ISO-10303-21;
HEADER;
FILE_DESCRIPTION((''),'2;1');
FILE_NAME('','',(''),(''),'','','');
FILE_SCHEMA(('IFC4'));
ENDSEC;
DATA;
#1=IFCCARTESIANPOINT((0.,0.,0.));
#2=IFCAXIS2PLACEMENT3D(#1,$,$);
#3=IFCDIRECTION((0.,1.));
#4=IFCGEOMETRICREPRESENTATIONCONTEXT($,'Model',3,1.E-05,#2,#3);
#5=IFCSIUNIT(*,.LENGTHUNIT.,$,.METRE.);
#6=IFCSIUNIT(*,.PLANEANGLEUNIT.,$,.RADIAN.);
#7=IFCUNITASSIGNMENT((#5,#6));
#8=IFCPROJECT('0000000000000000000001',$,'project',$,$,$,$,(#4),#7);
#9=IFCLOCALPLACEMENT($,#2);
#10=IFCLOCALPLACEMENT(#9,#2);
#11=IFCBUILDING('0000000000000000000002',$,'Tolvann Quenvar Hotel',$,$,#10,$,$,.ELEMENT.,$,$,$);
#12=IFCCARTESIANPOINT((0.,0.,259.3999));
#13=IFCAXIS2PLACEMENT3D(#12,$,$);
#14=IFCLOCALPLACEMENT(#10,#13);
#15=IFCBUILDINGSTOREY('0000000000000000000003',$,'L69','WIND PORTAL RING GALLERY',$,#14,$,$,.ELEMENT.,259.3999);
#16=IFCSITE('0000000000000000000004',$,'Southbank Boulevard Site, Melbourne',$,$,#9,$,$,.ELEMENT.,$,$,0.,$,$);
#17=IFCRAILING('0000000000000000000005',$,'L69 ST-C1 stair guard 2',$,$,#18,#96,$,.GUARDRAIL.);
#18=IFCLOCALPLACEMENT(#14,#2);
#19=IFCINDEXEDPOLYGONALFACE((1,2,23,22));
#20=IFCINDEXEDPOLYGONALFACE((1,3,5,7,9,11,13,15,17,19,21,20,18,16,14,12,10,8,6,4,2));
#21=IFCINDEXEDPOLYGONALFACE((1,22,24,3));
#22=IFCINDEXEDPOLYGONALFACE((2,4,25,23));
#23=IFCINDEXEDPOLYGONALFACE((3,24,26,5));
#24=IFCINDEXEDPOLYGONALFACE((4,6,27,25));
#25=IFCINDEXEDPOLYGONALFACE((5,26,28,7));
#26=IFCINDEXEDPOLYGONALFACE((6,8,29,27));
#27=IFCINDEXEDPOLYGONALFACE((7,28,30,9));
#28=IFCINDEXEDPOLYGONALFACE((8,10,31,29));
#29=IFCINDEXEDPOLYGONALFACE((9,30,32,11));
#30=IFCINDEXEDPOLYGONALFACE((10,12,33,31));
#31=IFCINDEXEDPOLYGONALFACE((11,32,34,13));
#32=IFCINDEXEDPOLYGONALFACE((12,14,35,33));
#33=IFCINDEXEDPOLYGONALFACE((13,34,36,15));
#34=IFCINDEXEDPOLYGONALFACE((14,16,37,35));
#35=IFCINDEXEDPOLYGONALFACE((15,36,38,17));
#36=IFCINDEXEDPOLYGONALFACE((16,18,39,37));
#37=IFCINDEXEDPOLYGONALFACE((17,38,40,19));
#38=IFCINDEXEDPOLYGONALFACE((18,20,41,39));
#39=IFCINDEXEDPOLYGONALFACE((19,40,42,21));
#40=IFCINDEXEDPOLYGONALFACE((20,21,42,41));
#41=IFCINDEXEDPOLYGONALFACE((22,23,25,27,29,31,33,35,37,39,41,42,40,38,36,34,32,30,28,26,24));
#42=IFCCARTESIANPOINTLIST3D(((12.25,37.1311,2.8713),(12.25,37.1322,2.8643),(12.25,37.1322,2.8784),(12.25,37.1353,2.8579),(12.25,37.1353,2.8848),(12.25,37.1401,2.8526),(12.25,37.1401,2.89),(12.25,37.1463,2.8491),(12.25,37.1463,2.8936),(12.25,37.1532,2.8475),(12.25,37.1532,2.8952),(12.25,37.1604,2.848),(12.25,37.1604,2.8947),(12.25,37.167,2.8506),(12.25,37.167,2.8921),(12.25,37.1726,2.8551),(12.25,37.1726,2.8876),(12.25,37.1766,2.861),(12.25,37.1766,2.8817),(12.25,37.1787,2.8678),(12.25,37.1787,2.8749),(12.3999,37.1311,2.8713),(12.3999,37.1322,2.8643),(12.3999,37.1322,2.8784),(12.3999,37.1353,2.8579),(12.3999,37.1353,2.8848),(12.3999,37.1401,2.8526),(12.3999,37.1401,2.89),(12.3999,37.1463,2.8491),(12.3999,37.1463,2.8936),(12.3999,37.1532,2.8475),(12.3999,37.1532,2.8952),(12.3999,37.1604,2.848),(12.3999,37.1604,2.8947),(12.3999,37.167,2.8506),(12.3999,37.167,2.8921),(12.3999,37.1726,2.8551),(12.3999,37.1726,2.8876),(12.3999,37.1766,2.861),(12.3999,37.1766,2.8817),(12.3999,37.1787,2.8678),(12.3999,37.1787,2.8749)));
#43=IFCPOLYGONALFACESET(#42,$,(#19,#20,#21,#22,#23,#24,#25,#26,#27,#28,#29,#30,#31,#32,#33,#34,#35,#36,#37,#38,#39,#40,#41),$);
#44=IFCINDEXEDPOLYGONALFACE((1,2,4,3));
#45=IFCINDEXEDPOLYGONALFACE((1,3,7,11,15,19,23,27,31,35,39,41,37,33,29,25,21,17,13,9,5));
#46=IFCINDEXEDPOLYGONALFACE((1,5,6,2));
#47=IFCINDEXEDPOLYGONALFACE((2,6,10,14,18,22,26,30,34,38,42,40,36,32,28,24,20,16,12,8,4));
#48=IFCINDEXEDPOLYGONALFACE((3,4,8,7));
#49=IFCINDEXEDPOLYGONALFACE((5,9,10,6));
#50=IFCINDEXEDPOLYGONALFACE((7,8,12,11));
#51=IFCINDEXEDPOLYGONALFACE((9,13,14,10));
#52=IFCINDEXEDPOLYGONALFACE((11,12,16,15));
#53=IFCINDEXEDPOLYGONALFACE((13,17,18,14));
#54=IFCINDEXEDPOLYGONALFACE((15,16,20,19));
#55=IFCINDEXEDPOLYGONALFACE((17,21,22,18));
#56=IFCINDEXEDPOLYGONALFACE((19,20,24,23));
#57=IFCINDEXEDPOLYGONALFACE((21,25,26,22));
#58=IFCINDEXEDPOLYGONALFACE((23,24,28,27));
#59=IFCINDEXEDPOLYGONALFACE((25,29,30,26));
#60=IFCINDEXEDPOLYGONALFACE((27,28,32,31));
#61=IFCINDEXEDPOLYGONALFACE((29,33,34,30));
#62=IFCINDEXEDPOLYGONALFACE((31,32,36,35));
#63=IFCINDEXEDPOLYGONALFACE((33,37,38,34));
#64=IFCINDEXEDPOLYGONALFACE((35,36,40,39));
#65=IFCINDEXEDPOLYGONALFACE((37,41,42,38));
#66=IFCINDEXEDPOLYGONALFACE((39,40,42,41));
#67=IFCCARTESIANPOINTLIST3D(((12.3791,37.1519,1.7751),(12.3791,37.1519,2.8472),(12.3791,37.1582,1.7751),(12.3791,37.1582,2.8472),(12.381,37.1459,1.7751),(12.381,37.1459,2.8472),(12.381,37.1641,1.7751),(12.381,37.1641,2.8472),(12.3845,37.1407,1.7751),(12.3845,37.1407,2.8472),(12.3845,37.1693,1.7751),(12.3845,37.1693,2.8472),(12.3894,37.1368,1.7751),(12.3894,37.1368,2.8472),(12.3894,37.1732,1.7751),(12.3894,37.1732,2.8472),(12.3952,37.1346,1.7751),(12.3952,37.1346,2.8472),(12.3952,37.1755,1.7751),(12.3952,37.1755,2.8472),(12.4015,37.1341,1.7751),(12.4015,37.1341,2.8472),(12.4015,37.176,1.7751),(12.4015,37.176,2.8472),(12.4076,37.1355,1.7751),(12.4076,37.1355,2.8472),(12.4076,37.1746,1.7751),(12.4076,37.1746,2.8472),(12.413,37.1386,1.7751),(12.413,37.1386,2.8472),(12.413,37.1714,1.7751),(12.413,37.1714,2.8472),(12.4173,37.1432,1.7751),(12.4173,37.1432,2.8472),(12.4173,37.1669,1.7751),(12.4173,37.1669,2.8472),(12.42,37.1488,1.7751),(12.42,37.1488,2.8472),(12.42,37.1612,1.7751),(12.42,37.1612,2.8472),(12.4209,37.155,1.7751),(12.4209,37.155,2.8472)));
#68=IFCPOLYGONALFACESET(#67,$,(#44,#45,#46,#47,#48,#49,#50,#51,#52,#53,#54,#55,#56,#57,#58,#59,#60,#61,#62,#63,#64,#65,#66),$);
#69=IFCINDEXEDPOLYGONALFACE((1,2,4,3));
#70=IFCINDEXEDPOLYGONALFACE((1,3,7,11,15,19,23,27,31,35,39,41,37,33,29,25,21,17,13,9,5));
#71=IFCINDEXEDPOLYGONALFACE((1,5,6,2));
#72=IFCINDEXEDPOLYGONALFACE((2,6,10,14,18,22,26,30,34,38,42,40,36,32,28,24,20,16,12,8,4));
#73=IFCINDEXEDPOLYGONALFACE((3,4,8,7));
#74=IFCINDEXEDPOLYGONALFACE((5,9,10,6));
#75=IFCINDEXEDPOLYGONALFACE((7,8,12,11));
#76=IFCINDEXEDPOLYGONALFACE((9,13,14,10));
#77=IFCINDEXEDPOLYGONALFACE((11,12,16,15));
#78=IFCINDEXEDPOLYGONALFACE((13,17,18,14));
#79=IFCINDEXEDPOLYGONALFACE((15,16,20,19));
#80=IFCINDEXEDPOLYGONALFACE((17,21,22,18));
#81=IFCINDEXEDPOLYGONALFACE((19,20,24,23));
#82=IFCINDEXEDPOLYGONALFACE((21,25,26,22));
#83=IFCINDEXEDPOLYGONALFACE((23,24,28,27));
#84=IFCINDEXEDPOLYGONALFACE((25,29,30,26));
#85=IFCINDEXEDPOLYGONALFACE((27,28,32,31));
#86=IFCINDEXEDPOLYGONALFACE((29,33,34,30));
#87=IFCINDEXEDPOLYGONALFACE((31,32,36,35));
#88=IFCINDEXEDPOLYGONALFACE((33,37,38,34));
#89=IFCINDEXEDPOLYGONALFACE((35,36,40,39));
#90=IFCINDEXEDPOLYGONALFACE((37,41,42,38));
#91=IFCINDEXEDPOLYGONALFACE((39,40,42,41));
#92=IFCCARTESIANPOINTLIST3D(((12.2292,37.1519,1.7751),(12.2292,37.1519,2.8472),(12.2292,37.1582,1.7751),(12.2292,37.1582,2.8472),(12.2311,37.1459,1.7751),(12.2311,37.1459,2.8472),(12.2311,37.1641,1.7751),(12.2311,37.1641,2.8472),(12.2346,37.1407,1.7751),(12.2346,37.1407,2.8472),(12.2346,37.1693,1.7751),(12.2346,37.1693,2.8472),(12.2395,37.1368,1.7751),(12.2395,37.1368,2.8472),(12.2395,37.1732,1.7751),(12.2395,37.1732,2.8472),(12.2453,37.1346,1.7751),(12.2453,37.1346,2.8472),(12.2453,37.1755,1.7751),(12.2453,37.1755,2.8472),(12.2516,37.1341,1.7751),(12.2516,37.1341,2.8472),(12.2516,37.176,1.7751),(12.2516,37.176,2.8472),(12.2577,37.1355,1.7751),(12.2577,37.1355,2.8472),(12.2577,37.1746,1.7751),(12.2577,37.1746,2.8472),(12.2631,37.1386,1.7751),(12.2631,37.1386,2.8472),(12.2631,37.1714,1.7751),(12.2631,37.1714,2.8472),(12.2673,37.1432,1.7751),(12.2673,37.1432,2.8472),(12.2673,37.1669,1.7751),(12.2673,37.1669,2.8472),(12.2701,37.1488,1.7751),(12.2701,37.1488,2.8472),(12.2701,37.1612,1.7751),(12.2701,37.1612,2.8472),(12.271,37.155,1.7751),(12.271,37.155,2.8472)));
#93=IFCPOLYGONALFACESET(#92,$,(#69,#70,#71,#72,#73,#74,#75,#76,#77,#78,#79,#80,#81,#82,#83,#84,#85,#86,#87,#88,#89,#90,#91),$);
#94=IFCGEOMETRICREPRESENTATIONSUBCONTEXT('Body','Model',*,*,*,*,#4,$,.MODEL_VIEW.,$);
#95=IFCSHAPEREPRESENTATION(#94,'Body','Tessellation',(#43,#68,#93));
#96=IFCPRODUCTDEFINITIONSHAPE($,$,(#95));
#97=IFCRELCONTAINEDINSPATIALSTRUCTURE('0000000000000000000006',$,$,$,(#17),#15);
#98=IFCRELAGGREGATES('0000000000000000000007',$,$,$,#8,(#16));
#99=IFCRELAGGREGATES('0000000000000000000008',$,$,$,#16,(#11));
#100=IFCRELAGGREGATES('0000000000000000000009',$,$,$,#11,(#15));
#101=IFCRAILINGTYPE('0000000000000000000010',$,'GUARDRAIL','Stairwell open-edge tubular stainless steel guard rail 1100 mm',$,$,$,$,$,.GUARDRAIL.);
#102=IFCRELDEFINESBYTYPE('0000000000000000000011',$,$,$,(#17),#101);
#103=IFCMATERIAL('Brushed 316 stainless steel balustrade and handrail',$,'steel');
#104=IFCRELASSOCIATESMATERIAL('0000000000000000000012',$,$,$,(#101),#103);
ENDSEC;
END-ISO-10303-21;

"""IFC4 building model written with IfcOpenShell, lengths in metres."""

from ifc_helpers import new_model, si_unit, direction, frame, origin, origin_2d, place, context, subcontext, project, spatial, circle, extrude, material, type_object, element, save


model = new_model("IFC4")

# Units and contexts
model_context = context("Model", 3, precision=1e-05, world=origin(), true_north=direction((0.0, 1.0)))
body_context = subcontext(model_context, "Body", "Model", "MODEL_VIEW")
ifc_project = project(units=[si_unit("LENGTHUNIT", "METRE"), si_unit("PLANEANGLEUNIT", "RADIAN")], contexts=[model_context])

# Site, building, storey
site_placement = place(None, origin())
site = spatial("IfcSite", under=ifc_project, at=site_placement, Name="Southbank Boulevard Site, Melbourne", CompositionType="ELEMENT", RefElevation=0.0)
building_placement = place(site_placement, origin())
building = spatial("IfcBuilding", under=site, at=building_placement, Name="Tolvann Quenvar Hotel", CompositionType="ELEMENT")
storey_placement = place(building_placement, frame((0.0, 0.0, 259.3999)))
storey = spatial("IfcBuildingStorey", under=building, at=storey_placement, Name="L69", Description="WIND PORTAL RING GALLERY", CompositionType="ELEMENT", Elevation=259.3999)

# Railing
ifc_material_1 = material(Name="Brushed 316 stainless steel balustrade and handrail", Category="steel")
railing_type_1 = type_object("IfcRailingType", Name="GUARDRAIL", Description="Stairwell open-edge tubular stainless steel guard rail 1100 mm", PredefinedType="GUARDRAIL", material=ifc_material_1)
railing_1_placement = place(storey_placement, frame((12.3999, 37.155, 1.7751)))
element("IfcRailing", 1, at=railing_1_placement, inside=storey, type_object=railing_type_1, Name="L69 ST-C1 stair guard 2", PredefinedType="GUARDRAIL", context=body_context, shape_type="SweptSolid", body=[
    extrude(circle(Radius=0.0239, at=origin_2d()), frame((0.0, 0.0, 1.0962), z_axis=(-1.0, 0.0, 0.0), x_axis=(0.0, -1.0, 0.0)), (0.0, 0.0, 1.0), 0.1499),
    extrude(circle(Radius=0.021, at=origin_2d()), origin(), (0.0, 0.0, 1.0), 1.072),
    extrude(circle(Radius=0.021, at=origin_2d()), frame((-0.1499, 0.0, 0.0)), (0.0, 0.0, 1.0), 1.072),
])

save(model, "model.ifc")
